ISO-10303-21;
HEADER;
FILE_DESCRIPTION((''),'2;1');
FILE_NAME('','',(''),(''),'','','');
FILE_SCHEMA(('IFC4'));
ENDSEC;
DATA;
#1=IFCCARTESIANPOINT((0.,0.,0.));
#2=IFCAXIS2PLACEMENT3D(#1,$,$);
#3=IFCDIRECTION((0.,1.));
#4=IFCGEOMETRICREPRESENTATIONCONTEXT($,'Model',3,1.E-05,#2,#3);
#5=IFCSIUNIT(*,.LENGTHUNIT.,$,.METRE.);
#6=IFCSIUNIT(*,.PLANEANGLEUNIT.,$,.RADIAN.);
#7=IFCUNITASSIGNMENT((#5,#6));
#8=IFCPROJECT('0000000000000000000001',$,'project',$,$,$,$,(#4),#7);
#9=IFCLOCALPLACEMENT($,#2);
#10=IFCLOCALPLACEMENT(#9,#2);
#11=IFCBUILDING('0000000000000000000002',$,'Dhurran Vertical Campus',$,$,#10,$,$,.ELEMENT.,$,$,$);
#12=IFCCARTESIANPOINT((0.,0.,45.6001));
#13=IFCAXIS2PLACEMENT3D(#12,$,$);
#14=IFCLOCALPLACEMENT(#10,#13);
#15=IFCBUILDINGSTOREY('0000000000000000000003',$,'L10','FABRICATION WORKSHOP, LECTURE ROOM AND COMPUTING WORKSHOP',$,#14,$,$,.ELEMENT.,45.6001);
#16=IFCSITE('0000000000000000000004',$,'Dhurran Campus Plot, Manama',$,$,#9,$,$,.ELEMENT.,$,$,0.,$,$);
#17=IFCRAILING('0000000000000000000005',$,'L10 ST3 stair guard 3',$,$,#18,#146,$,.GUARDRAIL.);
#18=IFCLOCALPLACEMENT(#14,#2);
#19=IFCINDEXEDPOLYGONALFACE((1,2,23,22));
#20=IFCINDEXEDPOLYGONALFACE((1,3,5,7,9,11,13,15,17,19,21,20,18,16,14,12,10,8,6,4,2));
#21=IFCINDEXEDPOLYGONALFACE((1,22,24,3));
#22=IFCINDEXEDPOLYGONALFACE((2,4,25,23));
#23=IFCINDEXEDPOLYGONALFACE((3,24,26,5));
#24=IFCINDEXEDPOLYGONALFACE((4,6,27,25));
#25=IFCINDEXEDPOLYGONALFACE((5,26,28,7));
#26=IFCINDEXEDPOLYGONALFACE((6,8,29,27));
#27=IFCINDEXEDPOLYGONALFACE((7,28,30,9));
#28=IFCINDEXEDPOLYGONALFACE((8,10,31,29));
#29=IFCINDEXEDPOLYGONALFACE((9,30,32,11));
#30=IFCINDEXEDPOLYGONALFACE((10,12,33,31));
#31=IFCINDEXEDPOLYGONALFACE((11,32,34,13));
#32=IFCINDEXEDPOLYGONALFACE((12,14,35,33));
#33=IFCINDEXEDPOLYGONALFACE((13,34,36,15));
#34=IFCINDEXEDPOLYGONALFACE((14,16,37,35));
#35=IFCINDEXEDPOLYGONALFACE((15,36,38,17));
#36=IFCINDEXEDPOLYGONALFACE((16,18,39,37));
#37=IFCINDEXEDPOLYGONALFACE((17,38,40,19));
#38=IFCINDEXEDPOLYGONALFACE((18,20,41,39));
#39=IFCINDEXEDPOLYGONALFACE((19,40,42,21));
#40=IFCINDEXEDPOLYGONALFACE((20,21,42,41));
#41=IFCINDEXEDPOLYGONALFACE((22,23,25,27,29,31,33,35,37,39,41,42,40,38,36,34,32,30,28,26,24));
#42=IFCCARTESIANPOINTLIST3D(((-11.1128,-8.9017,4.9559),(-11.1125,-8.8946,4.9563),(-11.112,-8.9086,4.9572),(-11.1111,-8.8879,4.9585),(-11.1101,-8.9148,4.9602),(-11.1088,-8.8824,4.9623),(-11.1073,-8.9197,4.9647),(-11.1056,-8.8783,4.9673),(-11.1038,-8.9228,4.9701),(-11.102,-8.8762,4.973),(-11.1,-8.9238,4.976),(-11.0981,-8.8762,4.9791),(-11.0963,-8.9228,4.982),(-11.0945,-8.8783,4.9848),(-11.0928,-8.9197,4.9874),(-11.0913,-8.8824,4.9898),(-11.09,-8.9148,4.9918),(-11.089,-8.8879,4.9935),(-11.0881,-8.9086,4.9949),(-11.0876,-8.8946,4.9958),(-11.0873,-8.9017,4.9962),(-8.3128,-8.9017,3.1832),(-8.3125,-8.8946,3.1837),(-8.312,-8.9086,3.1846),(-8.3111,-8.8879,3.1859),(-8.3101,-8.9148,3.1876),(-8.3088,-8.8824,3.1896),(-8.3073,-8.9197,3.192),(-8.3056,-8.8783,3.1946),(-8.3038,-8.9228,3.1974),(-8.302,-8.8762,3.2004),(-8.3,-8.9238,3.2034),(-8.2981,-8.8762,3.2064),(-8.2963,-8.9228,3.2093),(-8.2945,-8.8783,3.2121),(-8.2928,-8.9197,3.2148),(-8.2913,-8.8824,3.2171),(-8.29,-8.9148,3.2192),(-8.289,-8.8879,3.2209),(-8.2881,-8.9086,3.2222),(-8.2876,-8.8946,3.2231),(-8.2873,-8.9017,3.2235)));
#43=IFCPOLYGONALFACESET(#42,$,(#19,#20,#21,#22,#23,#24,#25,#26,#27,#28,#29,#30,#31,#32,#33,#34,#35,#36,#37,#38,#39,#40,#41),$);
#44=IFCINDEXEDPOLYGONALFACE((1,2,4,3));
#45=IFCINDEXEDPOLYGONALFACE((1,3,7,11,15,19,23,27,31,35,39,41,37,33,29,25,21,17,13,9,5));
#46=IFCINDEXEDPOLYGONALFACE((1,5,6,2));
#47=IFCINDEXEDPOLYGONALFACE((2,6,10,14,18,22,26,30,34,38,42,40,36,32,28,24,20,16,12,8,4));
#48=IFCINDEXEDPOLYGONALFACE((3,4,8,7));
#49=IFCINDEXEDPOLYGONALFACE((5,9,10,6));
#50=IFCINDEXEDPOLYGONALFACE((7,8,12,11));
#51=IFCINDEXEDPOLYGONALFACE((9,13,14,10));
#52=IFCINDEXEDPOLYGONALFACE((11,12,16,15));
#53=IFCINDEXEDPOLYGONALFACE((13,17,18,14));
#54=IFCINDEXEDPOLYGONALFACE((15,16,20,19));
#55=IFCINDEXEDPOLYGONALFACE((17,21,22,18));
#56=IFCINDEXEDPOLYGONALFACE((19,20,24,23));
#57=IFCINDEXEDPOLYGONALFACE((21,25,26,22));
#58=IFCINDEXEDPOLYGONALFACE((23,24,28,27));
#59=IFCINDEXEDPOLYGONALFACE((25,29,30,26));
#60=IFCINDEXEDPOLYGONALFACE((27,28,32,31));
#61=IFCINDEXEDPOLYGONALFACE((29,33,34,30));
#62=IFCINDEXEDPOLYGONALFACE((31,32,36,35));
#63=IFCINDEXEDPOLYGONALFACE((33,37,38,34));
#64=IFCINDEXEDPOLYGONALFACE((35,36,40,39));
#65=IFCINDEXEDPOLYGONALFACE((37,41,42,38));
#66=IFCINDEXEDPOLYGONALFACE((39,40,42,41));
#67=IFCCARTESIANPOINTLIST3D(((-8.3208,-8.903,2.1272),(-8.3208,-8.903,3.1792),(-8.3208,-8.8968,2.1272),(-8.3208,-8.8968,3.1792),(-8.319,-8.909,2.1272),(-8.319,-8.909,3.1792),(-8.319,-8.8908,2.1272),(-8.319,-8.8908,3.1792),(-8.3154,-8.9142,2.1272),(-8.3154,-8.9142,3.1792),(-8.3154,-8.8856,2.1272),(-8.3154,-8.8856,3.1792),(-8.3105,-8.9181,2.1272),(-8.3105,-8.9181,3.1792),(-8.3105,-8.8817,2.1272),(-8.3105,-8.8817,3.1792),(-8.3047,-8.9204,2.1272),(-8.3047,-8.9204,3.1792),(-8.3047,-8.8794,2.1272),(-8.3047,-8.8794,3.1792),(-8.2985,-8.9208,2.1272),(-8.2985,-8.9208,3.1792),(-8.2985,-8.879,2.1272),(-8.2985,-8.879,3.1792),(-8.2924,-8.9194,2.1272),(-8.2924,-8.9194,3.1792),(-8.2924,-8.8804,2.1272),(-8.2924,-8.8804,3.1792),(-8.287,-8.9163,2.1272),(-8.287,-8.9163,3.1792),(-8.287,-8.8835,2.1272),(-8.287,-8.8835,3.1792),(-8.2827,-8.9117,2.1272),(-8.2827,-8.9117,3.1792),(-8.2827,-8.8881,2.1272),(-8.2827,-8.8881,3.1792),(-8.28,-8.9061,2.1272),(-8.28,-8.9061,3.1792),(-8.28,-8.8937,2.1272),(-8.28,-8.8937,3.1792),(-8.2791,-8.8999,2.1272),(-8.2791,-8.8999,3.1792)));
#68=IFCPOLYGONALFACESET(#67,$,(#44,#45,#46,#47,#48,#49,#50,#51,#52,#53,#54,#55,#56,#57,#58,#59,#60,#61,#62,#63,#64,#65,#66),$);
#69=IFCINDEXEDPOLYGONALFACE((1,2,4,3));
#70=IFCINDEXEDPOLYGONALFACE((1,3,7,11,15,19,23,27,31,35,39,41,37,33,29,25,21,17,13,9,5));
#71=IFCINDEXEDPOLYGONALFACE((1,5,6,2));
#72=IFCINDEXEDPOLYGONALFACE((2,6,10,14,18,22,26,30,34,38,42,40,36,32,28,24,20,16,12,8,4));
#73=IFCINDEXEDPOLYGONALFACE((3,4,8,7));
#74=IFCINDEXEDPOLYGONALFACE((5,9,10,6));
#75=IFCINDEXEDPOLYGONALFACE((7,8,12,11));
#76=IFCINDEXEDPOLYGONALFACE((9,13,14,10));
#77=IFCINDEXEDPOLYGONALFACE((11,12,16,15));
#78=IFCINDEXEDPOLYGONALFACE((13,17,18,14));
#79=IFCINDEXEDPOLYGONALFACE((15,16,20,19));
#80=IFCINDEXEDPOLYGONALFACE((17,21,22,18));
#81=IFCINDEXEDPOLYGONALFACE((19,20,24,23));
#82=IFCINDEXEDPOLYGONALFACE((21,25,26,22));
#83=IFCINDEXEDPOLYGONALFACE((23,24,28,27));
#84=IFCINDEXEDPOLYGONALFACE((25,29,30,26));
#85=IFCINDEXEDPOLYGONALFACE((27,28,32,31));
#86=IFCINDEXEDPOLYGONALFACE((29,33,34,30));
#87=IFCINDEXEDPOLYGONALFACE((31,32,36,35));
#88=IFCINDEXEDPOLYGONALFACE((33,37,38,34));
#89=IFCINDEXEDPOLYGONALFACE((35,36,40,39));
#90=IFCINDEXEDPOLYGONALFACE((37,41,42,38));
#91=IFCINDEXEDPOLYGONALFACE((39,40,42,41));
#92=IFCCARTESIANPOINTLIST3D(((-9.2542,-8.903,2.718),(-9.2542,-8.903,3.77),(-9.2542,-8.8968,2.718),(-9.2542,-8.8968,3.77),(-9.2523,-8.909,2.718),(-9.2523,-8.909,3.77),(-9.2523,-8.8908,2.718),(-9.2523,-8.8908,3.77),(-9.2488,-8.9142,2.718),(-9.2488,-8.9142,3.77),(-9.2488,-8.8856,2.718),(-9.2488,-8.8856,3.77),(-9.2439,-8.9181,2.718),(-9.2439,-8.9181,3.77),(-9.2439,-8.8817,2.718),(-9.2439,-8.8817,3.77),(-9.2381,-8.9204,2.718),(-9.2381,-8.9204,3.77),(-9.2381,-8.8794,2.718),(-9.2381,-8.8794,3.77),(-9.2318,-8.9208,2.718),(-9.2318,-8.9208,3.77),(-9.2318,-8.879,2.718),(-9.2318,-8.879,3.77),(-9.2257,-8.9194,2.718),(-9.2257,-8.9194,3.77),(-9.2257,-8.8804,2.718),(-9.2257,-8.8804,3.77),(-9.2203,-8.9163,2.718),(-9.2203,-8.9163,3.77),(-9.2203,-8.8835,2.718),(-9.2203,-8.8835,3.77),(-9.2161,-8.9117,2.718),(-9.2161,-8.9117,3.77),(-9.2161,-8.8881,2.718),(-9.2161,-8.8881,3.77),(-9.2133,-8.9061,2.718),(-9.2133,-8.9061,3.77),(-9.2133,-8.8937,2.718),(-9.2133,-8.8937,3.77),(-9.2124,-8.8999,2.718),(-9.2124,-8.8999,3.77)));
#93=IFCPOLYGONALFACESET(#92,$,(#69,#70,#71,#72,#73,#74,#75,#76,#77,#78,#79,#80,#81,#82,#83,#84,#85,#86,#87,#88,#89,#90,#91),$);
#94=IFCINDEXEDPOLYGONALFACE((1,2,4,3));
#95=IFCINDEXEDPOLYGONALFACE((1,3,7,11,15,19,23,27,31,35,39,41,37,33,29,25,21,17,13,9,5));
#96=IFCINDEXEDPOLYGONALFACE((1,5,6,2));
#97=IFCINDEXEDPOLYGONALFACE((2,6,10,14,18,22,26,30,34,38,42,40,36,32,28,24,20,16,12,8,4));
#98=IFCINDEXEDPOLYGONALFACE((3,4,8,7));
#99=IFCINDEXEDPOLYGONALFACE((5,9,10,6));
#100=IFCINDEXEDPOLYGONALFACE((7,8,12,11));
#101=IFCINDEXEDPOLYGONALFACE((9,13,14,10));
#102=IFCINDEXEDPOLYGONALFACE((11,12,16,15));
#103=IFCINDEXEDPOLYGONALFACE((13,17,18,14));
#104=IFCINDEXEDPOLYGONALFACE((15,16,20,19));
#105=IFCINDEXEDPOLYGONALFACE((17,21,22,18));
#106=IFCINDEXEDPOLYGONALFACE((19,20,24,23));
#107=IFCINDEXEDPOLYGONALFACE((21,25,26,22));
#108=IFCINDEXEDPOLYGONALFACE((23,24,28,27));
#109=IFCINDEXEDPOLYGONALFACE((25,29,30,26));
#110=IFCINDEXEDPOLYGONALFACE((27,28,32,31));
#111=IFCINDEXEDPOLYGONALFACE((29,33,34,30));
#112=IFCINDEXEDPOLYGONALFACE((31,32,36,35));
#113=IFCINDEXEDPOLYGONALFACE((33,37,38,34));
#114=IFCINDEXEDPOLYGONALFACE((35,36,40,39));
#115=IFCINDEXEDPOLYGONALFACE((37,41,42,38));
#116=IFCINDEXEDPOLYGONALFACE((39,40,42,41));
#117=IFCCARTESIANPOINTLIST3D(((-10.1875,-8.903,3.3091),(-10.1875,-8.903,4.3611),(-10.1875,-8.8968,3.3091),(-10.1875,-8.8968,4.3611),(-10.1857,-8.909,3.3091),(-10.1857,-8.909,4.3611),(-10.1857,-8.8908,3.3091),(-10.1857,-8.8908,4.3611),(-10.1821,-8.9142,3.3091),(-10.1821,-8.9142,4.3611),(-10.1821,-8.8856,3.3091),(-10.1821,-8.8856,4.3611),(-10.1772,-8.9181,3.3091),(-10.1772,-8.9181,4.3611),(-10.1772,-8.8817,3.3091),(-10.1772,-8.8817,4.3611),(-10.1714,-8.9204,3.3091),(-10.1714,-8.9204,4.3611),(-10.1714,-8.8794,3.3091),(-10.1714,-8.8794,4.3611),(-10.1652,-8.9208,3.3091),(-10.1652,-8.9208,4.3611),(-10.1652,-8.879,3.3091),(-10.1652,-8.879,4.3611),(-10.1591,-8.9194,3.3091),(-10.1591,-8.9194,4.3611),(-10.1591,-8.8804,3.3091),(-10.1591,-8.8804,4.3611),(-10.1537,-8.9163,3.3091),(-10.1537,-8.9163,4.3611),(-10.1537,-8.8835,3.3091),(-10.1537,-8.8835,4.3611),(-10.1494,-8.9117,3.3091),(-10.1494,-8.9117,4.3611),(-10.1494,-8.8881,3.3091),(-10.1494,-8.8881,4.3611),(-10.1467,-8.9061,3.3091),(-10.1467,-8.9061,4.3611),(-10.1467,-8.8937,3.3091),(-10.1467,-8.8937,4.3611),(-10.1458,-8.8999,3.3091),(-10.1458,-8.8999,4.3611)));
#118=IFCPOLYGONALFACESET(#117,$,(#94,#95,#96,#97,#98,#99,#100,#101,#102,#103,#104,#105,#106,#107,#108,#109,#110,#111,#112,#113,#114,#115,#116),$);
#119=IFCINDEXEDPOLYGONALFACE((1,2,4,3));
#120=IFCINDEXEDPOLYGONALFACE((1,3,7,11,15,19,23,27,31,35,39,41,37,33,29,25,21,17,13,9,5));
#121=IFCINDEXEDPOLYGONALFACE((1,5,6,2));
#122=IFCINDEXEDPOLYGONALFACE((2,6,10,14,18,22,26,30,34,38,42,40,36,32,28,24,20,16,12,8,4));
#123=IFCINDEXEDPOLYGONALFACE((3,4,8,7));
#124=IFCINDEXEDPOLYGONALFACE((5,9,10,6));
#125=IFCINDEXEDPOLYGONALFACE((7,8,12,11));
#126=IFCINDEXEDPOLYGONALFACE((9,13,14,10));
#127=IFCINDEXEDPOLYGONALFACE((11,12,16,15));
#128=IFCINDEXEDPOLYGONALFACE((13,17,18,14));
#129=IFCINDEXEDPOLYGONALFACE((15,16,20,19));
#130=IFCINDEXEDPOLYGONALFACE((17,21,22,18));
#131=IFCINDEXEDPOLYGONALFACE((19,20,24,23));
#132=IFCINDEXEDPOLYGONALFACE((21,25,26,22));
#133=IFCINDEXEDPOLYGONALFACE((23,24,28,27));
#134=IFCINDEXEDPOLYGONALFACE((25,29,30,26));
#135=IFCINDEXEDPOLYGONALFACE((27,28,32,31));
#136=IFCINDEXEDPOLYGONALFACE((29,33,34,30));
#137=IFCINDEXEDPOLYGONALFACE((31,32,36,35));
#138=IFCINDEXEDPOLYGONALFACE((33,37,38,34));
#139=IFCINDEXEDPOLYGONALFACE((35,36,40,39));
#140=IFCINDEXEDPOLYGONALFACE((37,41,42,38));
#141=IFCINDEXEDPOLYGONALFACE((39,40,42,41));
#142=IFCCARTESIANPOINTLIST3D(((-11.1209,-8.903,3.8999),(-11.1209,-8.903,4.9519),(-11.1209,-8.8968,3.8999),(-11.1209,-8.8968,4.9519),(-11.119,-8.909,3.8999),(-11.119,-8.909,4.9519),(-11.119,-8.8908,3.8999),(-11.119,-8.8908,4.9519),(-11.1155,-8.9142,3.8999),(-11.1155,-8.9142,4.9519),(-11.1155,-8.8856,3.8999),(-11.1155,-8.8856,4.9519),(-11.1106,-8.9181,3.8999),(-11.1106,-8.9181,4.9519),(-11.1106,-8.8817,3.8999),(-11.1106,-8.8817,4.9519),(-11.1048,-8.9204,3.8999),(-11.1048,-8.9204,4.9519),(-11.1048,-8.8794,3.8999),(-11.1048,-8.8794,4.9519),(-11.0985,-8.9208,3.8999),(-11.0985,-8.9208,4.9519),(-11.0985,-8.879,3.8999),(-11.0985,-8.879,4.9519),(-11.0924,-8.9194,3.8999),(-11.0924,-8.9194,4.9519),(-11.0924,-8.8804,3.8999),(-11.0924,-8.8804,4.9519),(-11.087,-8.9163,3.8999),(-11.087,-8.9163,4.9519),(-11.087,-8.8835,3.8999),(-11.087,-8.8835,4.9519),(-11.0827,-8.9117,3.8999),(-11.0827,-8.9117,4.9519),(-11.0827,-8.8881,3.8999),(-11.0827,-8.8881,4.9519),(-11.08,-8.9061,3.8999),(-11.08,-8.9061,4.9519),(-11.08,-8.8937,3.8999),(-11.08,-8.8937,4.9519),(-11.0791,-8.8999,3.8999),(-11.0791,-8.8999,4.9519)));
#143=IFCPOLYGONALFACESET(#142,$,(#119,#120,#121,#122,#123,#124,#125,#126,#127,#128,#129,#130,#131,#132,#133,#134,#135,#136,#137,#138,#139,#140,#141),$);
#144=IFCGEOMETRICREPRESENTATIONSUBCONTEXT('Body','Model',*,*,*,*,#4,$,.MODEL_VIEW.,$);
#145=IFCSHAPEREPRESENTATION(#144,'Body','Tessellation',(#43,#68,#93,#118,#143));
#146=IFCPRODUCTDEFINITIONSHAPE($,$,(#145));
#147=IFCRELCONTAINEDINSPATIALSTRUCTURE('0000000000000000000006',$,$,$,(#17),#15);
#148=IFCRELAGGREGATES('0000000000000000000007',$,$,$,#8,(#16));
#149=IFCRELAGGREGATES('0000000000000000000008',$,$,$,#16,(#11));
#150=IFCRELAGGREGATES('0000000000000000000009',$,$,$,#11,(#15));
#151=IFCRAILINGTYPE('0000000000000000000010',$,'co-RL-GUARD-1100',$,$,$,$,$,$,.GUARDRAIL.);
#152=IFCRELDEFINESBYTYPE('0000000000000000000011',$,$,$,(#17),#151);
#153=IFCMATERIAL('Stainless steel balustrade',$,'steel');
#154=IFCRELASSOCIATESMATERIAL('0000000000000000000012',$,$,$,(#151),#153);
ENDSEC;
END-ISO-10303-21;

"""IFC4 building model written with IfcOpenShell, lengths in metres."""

from ifc_helpers import new_model, si_unit, direction, frame, origin, origin_2d, place, context, subcontext, project, spatial, circle, extrude, material, type_object, element, save


model = new_model("IFC4")

# Units and contexts
model_context = context("Model", 3, precision=1e-05, world=origin(), true_north=direction((0.0, 1.0)))
body_context = subcontext(model_context, "Body", "Model", "MODEL_VIEW")
ifc_project = project(units=[si_unit("LENGTHUNIT", "METRE"), si_unit("PLANEANGLEUNIT", "RADIAN")], contexts=[model_context])

# Site, building, storey
site_placement = place(None, origin())
site = spatial("IfcSite", under=ifc_project, at=site_placement, Name="Dhurran Campus Plot, Manama", CompositionType="ELEMENT", RefElevation=0.0)
building_placement = place(site_placement, origin())
building = spatial("IfcBuilding", under=site, at=building_placement, Name="Dhurran Vertical Campus", CompositionType="ELEMENT")
storey_placement = place(building_placement, frame((0.0, 0.0, 45.6001)))
storey = spatial("IfcBuildingStorey", under=building, at=storey_placement, Name="L10", Description="FABRICATION WORKSHOP, LECTURE ROOM AND COMPUTING WORKSHOP", CompositionType="ELEMENT", Elevation=45.6001)

# Railing
ifc_material_1 = material(Name="Stainless steel balustrade", Category="steel")
railing_type_1 = type_object("IfcRailingType", Name="co-RL-GUARD-1100", PredefinedType="GUARDRAIL", material=ifc_material_1)
railing_1_placement = place(storey_placement, frame((-8.3, -8.8999, 2.1272)))
element("IfcRailing", 1, at=railing_1_placement, inside=storey, type_object=railing_type_1, Name="L10 ST3 stair guard 3", PredefinedType="GUARDRAIL", context=body_context, shape_type="SweptSolid", body=[
    extrude(circle(Radius=0.0239, at=origin_2d()), frame((0.0, 0.0, 1.0762), z_axis=(-0.844909, 0.0, 0.53491), x_axis=(0.0, -1.0, 0.0)), (0.0, 0.0, 1.0), 3.314),
    extrude(circle(Radius=0.021, at=origin_2d()), origin(), (0.0, 0.0, 1.0), 1.052),
    extrude(circle(Radius=0.021, at=origin_2d()), frame((-0.9333, 0.0, 0.5908)), (0.0, 0.0, 1.0), 1.052),
    extrude(circle(Radius=0.021, at=origin_2d()), frame((-1.8667, 0.0, 1.1819)), (0.0, 0.0, 1.0), 1.052),
    extrude(circle(Radius=0.021, at=origin_2d()), frame((-2.8, 0.0, 1.7727)), (0.0, 0.0, 1.0), 1.052),
])

save(model, "model.ifc")
